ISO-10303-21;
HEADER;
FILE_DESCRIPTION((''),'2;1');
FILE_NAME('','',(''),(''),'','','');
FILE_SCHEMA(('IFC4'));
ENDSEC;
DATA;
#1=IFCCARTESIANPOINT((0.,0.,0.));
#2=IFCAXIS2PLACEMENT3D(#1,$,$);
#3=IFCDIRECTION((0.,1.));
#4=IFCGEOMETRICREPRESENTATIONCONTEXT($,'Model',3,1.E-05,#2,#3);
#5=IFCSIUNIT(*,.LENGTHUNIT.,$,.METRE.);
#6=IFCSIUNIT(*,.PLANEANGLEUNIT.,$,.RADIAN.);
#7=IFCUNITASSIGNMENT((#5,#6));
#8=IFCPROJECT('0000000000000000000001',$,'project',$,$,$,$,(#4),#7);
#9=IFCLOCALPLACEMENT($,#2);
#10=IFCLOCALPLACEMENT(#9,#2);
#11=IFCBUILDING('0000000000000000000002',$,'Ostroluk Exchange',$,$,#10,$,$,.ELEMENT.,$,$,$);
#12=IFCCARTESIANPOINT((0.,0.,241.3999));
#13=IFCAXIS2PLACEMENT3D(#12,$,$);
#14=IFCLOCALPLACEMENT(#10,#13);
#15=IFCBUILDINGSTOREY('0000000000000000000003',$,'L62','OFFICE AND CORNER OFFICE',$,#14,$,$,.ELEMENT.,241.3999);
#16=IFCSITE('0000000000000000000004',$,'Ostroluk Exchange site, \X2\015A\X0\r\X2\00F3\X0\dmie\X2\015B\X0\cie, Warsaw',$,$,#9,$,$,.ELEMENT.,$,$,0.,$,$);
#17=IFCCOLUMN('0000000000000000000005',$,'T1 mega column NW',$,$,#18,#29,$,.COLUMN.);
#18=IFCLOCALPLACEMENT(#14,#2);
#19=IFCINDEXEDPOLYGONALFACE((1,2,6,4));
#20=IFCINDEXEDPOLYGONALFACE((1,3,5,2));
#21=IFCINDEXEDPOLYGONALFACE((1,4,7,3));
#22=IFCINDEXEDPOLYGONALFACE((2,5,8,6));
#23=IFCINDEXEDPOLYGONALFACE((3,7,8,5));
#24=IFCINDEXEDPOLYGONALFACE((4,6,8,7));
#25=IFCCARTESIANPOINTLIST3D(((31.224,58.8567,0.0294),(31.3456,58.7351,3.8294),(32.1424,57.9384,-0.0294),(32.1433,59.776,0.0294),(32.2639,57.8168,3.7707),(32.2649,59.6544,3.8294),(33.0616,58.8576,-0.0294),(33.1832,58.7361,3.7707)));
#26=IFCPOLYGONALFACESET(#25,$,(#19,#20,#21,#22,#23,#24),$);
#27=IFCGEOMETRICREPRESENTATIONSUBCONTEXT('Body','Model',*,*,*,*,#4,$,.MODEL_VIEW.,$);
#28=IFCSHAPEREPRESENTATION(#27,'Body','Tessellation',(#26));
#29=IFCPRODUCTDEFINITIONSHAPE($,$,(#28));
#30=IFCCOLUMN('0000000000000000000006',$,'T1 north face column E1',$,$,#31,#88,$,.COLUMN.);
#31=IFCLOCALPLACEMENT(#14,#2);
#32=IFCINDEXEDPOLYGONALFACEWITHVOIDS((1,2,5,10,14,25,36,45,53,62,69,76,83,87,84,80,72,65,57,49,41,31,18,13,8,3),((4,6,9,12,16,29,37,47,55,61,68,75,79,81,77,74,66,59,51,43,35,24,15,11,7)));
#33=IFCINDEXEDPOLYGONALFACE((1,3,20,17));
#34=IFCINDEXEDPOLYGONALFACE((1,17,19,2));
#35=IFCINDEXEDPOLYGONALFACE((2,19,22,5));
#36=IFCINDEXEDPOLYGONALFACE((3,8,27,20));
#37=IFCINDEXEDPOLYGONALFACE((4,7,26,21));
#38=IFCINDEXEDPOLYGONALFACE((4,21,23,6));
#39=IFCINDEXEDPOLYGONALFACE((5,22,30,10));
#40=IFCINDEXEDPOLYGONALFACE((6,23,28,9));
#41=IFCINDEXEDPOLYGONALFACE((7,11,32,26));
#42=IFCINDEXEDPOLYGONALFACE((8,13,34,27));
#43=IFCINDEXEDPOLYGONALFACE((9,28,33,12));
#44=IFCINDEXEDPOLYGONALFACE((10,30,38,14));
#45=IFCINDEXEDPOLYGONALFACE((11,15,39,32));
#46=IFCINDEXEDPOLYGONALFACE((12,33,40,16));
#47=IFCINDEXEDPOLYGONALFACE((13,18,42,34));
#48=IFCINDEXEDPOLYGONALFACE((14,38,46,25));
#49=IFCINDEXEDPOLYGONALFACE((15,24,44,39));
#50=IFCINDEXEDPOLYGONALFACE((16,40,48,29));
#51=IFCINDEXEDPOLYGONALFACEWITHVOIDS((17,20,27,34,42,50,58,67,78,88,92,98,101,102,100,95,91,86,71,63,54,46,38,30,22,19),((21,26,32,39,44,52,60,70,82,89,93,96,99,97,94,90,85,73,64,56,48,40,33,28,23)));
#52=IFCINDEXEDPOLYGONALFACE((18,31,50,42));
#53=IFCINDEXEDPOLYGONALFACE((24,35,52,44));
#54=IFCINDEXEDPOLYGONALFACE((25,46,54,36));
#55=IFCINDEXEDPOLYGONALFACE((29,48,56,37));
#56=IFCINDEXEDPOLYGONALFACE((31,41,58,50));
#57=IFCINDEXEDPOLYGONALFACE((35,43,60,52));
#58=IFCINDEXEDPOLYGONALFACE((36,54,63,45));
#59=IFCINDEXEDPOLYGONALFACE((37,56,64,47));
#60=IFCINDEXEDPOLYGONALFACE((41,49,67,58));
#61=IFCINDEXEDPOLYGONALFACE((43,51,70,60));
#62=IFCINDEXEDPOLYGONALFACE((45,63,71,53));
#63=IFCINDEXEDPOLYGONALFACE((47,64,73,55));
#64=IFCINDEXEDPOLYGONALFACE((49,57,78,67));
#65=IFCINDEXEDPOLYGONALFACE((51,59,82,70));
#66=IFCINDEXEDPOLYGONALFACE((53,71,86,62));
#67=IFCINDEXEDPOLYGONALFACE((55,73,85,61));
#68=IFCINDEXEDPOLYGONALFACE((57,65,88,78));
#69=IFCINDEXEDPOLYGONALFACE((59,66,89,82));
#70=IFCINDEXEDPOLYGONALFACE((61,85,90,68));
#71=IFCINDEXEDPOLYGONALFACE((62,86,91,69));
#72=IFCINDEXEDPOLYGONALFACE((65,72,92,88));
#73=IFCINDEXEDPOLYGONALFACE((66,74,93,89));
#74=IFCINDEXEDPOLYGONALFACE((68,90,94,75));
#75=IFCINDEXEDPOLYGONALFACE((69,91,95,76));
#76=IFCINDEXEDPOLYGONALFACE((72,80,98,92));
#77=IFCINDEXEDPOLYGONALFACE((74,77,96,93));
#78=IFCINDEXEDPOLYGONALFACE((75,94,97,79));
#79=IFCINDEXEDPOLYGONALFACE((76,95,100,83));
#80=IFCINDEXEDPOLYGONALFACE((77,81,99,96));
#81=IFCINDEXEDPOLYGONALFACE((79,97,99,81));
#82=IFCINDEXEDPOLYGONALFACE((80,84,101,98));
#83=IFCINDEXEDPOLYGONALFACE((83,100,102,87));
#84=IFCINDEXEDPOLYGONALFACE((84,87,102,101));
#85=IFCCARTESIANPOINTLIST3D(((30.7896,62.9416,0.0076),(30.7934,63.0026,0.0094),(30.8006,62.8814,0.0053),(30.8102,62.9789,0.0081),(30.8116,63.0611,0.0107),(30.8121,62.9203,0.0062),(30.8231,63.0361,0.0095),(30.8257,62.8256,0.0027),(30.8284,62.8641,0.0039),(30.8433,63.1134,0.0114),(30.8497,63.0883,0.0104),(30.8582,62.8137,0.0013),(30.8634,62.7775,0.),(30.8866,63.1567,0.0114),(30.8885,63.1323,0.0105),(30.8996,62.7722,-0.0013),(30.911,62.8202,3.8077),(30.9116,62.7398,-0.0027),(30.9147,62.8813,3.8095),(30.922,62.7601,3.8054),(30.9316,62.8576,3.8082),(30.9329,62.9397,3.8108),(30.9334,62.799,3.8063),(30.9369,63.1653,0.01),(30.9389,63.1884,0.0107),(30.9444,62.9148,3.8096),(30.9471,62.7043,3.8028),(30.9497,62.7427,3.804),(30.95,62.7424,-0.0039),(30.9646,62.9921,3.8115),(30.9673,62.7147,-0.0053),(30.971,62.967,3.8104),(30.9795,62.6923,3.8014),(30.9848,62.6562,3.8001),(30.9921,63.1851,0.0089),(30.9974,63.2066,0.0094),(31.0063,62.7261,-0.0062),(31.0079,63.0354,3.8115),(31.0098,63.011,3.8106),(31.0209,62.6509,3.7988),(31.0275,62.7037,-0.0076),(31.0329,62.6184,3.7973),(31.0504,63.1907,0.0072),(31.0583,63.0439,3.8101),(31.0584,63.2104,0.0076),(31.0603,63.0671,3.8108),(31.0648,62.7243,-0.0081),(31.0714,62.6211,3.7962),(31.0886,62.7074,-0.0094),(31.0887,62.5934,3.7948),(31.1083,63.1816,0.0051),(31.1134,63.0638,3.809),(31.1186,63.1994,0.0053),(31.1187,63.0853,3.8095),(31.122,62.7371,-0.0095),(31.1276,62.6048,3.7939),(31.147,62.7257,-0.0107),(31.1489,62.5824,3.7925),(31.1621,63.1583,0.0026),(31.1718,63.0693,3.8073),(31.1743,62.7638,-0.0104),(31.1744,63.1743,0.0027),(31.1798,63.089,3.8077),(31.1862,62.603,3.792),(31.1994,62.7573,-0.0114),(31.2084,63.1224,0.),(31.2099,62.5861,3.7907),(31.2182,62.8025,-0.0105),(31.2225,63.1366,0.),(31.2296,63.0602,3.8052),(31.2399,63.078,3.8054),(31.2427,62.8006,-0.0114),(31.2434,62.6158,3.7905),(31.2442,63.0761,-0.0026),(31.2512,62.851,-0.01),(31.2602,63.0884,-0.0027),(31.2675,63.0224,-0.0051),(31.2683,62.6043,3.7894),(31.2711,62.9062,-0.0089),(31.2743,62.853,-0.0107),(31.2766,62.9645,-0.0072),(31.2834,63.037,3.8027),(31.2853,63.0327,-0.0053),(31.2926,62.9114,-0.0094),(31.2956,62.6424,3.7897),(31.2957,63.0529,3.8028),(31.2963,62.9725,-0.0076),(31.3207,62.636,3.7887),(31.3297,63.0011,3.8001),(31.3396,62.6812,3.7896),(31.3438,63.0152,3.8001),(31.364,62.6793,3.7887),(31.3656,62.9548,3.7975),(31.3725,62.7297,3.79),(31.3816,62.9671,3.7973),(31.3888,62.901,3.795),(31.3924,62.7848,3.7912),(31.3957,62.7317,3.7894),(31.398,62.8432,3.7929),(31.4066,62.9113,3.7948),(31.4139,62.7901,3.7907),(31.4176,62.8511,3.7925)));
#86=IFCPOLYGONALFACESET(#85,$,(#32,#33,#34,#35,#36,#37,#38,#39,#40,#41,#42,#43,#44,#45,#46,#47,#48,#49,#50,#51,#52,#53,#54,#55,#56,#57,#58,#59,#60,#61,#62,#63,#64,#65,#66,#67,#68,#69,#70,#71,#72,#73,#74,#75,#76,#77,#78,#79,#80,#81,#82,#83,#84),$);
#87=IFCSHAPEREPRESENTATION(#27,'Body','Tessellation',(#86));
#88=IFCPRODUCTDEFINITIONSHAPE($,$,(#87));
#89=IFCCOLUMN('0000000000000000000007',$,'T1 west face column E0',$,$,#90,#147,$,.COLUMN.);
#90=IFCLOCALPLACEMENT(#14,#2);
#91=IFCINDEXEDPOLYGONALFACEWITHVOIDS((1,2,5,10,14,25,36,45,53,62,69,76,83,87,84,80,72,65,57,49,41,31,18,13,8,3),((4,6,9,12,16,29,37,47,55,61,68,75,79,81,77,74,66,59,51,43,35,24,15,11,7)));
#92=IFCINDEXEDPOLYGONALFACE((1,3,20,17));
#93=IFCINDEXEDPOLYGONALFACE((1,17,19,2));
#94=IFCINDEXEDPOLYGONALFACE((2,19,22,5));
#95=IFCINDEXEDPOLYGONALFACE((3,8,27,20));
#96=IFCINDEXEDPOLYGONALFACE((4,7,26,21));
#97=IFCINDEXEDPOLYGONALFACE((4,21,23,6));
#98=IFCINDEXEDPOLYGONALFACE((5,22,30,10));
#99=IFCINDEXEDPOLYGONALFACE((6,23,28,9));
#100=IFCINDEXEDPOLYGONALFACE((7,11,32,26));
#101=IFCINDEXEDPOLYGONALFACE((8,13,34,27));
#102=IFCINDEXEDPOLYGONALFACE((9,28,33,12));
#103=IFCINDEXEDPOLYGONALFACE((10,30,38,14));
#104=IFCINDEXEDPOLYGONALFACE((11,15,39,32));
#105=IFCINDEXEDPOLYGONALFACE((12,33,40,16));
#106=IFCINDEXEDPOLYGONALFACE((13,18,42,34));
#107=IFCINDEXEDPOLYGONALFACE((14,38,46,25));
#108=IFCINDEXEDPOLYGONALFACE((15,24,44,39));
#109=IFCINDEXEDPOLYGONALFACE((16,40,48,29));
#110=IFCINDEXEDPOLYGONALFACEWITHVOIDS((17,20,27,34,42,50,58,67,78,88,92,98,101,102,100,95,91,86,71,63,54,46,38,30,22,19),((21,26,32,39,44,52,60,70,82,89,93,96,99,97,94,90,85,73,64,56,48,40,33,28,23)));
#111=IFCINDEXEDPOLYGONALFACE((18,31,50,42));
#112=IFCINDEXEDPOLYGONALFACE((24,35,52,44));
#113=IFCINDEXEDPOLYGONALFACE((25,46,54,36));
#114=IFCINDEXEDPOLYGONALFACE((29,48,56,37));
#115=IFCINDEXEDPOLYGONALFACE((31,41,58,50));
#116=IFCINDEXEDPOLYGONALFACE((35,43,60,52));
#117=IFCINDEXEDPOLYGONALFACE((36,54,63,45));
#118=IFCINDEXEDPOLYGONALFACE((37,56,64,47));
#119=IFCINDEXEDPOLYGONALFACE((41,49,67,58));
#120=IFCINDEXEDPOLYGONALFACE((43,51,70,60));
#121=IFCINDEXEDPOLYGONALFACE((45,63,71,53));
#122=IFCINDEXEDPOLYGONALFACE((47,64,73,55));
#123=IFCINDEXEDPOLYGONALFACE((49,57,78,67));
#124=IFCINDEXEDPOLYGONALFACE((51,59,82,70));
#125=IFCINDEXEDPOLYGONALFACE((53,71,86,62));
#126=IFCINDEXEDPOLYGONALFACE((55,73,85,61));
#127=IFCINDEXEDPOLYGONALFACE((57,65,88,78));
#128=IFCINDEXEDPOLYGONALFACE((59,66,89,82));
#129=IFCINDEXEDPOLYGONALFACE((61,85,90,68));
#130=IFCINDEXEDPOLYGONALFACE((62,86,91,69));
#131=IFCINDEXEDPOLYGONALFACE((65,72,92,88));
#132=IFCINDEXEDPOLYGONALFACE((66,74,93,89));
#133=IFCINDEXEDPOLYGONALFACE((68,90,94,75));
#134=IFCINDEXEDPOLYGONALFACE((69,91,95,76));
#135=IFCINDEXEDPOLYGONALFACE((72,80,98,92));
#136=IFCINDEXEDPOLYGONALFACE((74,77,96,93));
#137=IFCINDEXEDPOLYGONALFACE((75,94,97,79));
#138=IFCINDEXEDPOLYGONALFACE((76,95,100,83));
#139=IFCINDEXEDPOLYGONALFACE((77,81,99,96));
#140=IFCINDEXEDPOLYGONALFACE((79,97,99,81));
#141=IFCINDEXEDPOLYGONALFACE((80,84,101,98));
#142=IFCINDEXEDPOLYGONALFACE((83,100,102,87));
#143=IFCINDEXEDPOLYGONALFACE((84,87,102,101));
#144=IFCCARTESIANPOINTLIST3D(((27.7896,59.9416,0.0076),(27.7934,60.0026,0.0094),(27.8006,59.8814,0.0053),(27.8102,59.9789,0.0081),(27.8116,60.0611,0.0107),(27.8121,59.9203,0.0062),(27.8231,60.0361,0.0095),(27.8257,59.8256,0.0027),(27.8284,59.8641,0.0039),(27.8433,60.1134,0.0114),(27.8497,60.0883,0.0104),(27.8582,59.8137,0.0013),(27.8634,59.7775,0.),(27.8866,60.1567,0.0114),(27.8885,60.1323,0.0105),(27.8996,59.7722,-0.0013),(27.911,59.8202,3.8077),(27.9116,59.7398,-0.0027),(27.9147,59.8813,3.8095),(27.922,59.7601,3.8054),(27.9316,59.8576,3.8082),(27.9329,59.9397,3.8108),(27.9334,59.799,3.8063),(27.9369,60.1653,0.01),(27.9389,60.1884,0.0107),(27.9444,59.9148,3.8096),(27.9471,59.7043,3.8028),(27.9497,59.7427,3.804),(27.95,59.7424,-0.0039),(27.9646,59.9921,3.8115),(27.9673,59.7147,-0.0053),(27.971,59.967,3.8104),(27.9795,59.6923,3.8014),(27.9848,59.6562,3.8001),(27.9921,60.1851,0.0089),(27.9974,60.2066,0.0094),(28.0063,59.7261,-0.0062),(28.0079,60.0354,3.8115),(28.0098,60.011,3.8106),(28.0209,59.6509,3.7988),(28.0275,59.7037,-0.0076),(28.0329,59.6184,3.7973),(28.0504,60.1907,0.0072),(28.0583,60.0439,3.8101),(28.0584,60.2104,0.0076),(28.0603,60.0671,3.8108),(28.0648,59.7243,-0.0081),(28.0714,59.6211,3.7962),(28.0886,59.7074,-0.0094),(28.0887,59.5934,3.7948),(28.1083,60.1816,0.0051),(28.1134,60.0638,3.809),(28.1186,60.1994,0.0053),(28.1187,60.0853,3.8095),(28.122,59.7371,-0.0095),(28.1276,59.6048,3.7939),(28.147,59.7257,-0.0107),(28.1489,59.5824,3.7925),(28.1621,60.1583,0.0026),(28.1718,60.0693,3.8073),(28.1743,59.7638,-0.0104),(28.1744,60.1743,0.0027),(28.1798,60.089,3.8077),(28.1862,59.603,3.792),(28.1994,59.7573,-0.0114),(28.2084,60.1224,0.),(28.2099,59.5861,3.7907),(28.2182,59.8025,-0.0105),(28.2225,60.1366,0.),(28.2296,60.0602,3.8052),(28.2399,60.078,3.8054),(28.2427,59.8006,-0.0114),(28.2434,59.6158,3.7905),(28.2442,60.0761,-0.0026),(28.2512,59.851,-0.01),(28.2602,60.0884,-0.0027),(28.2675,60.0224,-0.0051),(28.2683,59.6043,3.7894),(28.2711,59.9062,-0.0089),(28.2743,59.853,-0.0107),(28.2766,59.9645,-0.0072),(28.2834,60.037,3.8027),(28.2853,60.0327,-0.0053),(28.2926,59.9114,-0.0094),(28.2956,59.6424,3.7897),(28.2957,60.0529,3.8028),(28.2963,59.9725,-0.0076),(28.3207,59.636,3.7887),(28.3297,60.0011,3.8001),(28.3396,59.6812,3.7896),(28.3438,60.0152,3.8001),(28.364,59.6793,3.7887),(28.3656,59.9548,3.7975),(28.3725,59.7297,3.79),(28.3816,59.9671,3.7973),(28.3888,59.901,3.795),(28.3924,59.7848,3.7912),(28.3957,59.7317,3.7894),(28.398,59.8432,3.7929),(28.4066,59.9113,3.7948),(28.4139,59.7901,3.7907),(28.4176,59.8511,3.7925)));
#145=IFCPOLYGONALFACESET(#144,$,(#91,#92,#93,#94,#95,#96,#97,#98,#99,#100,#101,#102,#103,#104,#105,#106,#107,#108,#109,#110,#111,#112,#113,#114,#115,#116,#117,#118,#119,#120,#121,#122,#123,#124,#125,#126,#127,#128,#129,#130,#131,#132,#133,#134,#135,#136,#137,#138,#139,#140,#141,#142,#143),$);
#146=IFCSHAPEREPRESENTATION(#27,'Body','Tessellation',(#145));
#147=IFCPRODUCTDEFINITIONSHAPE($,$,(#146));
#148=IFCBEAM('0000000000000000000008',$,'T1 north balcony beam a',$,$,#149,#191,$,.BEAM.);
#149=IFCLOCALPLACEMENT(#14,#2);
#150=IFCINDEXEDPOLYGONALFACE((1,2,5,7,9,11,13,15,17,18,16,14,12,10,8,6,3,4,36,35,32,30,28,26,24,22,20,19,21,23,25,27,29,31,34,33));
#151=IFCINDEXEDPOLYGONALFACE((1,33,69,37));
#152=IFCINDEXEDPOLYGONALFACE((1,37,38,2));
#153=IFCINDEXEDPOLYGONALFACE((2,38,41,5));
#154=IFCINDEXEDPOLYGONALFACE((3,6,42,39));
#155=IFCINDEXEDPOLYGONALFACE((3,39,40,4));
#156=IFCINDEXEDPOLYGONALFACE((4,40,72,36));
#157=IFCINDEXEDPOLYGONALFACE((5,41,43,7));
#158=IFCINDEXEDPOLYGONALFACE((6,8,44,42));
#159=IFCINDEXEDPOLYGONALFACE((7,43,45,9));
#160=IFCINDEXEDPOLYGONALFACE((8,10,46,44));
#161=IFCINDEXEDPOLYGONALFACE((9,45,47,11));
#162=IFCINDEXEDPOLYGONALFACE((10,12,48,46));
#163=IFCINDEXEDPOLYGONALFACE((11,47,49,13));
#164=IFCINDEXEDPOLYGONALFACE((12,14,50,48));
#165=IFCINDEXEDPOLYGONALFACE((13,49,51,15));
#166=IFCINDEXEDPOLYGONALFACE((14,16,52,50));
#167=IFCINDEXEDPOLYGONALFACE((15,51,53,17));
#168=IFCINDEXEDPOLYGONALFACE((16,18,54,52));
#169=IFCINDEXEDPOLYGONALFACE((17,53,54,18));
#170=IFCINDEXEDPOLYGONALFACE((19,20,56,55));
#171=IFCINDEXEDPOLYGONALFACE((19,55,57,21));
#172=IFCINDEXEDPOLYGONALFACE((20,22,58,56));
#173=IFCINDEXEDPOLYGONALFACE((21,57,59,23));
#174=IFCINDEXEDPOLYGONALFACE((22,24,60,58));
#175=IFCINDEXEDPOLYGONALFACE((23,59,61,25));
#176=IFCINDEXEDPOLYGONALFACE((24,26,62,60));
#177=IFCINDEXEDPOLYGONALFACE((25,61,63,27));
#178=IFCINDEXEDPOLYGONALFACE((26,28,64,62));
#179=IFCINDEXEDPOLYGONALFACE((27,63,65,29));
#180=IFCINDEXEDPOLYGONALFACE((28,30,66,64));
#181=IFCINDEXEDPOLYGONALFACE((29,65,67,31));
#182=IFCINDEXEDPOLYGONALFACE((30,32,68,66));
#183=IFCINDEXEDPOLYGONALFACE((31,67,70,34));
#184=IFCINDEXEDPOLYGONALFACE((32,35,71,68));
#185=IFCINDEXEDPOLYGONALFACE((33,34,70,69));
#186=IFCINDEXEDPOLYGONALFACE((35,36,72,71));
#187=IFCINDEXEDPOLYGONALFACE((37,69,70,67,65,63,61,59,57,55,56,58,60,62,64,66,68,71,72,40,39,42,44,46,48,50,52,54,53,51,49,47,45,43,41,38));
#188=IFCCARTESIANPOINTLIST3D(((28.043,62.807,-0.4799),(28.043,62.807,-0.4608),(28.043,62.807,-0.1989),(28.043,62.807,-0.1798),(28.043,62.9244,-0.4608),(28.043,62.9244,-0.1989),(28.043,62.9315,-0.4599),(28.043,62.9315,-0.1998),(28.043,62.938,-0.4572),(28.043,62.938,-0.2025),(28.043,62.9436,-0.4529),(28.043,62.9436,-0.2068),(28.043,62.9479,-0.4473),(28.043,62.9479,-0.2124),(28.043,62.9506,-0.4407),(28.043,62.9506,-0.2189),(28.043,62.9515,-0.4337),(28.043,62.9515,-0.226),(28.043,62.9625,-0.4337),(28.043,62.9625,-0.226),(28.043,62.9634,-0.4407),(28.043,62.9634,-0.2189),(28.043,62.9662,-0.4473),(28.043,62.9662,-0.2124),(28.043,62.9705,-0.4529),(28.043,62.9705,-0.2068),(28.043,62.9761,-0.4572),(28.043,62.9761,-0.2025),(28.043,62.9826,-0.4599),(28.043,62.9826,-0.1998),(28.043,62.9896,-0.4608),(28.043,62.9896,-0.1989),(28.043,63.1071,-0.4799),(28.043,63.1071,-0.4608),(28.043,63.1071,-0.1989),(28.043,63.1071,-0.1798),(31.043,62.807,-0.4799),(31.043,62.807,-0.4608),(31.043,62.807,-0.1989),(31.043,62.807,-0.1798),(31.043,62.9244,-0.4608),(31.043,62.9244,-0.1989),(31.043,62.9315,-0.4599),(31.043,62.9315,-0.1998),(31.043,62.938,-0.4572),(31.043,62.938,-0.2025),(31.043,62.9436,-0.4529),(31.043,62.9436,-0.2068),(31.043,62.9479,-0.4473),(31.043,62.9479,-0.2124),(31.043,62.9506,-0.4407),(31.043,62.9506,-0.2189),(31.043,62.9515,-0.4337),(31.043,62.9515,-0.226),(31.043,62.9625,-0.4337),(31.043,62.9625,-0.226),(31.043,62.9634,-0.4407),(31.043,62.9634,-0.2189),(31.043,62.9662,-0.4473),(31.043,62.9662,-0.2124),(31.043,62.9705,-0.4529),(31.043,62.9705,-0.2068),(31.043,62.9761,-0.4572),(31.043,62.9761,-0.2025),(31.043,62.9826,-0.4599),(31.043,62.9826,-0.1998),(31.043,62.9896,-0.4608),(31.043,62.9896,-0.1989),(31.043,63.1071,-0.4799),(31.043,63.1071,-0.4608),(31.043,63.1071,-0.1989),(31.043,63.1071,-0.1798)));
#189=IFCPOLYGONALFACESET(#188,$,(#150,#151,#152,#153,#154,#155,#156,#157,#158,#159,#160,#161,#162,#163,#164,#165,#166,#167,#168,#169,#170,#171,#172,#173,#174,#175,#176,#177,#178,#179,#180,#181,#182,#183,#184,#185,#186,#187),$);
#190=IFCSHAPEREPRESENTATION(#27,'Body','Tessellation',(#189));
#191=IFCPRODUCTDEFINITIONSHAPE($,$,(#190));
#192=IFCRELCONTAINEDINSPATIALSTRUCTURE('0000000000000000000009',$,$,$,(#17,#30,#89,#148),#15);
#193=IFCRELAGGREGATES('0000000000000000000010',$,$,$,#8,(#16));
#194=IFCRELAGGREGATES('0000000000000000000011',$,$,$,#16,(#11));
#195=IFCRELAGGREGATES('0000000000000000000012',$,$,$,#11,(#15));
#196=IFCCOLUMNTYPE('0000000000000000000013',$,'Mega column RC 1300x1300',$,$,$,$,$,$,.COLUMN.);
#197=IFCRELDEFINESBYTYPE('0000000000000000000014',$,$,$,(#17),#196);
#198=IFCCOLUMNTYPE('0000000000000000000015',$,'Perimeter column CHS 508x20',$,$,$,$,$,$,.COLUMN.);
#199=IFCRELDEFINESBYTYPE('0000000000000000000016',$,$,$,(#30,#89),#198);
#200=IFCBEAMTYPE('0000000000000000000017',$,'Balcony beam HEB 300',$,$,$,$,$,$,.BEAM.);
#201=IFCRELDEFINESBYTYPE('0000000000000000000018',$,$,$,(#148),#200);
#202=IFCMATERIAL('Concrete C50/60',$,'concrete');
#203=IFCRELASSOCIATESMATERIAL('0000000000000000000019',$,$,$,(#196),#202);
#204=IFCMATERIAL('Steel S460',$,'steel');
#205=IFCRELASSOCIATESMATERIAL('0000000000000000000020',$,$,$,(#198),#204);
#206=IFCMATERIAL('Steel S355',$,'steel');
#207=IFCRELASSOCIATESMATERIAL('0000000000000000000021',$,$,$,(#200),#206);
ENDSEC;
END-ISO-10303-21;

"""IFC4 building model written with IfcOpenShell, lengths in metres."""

from ifc_helpers import new_model, si_unit, direction, frame, origin, origin_2d, place, context, subcontext, project, spatial, rectangle, hollow_circle, i_section, extrude, material, material_profile, profile_set, type_object, element, save


model = new_model("IFC4")

# Units and contexts
model_context = context("Model", 3, precision=1e-05, world=origin(), true_north=direction((0.0, 1.0)))
body_context = subcontext(model_context, "Body", "Model", "MODEL_VIEW")
ifc_project = project(units=[si_unit("LENGTHUNIT", "METRE"), si_unit("PLANEANGLEUNIT", "RADIAN")], contexts=[model_context])

# Site, building, storey
site_placement = place(None, origin())
site = spatial("IfcSite", under=ifc_project, at=site_placement, Name="Ostroluk Exchange site, Śródmieście, Warsaw", CompositionType="ELEMENT", RefElevation=0.0)
building_placement = place(site_placement, origin())
building = spatial("IfcBuilding", under=site, at=building_placement, Name="Ostroluk Exchange", CompositionType="ELEMENT")
storey_placement = place(building_placement, frame((0.0, 0.0, 241.3999)))
storey = spatial("IfcBuildingStorey", under=building, at=storey_placement, Name="L62", Description="OFFICE AND CORNER OFFICE", CompositionType="ELEMENT", Elevation=241.3999)

# Columns
ifc_material_1 = material(Name="Concrete C50/60", Category="concrete")
ifc_material_profile_1 = material_profile(ifc_material_1, rectangle(XDim=1.3, YDim=1.3, at=origin_2d()), Name="RC 1300x1300")
ifc_profile_set_1 = profile_set([ifc_material_profile_1], Name="Concrete C50/60")
column_type_1 = type_object("IfcColumnType", Name="Mega column RC 1300x1300", PredefinedType="COLUMN", material=ifc_profile_set_1)
column_placement = place(storey_placement, frame((32.1428, 58.8572, 0.0), z_axis=(0.031962, -0.031962, 0.998978), x_axis=(0.707107, 0.707107, 0.0)))
element("IfcColumn", 1, at=column_placement, inside=storey, type_object=column_type_1, Name="T1 mega column NW", PredefinedType="COLUMN", context=body_context, shape_type="SweptSolid", body=[
    extrude(rectangle(XDim=1.3, YDim=1.3, at=origin_2d()), origin(), (0.0, 0.0, 1.0), 3.804),
])
ifc_material_2 = material(Name="Steel S460", Category="steel")
ifc_material_profile_2 = material_profile(ifc_material_2, hollow_circle(Radius=0.2539, WallThickness=0.02, at=origin_2d()), Name="CHS 508x20")
ifc_profile_set_2 = profile_set([ifc_material_profile_2], Name="Steel S460")
column_type_2 = type_object("IfcColumnType", Name="Perimeter column CHS 508x20", PredefinedType="COLUMN", material=ifc_profile_set_2)
for number, where, z_axis, x_axis, name in (
    (2, (31.043, 62.957, 0.0), (0.031898, -0.031898, 0.998982), (0.707107, 0.707107, 0.0), "T1 north face column E1"),
    (3, (28.043, 59.957, 0.0), (0.031898, -0.031898, 0.998982), (0.707107, 0.707107, 0.0), "T1 west face column E0"),
):
    element("IfcColumn", number, at=place(storey_placement, frame(where, z_axis=z_axis, x_axis=x_axis)), inside=storey, type_object=column_type_2, Name=name, PredefinedType="COLUMN", context=body_context, shape_type="SweptSolid", body=[
        extrude(hollow_circle(Radius=0.2539, WallThickness=0.02, at=origin_2d()), origin(), (0.0, 0.0, 1.0), 3.804),
    ])

# Beam
ifc_material_3 = material(Name="Steel S355", Category="steel")
ifc_material_profile_3 = material_profile(ifc_material_3, i_section(OverallWidth=0.3, OverallDepth=0.3, WebThickness=0.011, FlangeThickness=0.019, FilletRadius=0.0271, at=origin_2d()), Name="HEB 300")
ifc_profile_set_3 = profile_set([ifc_material_profile_3], Name="Steel S355")
beam_type_1 = type_object("IfcBeamType", Name="Balcony beam HEB 300", PredefinedType="BEAM", material=ifc_profile_set_3)
for number, where, z_axis, x_axis, name in (
    (4, (31.043, 62.957, -0.3298), (-1.0, 0.0, 0.0), (0.0, -1.0, 0.0), "T1 north balcony beam a"),
):
    element("IfcBeam", number, at=place(storey_placement, frame(where, z_axis=z_axis, x_axis=x_axis)), inside=storey, type_object=beam_type_1, Name=name, PredefinedType="BEAM", context=body_context, shape_type="SweptSolid", body=[
        extrude(i_section(OverallWidth=0.3, OverallDepth=0.3, WebThickness=0.011, FlangeThickness=0.019, FilletRadius=0.0271, at=origin_2d()), origin(), (0.0, 0.0, 1.0), 3.0),
    ])

save(model, "model.ifc")
